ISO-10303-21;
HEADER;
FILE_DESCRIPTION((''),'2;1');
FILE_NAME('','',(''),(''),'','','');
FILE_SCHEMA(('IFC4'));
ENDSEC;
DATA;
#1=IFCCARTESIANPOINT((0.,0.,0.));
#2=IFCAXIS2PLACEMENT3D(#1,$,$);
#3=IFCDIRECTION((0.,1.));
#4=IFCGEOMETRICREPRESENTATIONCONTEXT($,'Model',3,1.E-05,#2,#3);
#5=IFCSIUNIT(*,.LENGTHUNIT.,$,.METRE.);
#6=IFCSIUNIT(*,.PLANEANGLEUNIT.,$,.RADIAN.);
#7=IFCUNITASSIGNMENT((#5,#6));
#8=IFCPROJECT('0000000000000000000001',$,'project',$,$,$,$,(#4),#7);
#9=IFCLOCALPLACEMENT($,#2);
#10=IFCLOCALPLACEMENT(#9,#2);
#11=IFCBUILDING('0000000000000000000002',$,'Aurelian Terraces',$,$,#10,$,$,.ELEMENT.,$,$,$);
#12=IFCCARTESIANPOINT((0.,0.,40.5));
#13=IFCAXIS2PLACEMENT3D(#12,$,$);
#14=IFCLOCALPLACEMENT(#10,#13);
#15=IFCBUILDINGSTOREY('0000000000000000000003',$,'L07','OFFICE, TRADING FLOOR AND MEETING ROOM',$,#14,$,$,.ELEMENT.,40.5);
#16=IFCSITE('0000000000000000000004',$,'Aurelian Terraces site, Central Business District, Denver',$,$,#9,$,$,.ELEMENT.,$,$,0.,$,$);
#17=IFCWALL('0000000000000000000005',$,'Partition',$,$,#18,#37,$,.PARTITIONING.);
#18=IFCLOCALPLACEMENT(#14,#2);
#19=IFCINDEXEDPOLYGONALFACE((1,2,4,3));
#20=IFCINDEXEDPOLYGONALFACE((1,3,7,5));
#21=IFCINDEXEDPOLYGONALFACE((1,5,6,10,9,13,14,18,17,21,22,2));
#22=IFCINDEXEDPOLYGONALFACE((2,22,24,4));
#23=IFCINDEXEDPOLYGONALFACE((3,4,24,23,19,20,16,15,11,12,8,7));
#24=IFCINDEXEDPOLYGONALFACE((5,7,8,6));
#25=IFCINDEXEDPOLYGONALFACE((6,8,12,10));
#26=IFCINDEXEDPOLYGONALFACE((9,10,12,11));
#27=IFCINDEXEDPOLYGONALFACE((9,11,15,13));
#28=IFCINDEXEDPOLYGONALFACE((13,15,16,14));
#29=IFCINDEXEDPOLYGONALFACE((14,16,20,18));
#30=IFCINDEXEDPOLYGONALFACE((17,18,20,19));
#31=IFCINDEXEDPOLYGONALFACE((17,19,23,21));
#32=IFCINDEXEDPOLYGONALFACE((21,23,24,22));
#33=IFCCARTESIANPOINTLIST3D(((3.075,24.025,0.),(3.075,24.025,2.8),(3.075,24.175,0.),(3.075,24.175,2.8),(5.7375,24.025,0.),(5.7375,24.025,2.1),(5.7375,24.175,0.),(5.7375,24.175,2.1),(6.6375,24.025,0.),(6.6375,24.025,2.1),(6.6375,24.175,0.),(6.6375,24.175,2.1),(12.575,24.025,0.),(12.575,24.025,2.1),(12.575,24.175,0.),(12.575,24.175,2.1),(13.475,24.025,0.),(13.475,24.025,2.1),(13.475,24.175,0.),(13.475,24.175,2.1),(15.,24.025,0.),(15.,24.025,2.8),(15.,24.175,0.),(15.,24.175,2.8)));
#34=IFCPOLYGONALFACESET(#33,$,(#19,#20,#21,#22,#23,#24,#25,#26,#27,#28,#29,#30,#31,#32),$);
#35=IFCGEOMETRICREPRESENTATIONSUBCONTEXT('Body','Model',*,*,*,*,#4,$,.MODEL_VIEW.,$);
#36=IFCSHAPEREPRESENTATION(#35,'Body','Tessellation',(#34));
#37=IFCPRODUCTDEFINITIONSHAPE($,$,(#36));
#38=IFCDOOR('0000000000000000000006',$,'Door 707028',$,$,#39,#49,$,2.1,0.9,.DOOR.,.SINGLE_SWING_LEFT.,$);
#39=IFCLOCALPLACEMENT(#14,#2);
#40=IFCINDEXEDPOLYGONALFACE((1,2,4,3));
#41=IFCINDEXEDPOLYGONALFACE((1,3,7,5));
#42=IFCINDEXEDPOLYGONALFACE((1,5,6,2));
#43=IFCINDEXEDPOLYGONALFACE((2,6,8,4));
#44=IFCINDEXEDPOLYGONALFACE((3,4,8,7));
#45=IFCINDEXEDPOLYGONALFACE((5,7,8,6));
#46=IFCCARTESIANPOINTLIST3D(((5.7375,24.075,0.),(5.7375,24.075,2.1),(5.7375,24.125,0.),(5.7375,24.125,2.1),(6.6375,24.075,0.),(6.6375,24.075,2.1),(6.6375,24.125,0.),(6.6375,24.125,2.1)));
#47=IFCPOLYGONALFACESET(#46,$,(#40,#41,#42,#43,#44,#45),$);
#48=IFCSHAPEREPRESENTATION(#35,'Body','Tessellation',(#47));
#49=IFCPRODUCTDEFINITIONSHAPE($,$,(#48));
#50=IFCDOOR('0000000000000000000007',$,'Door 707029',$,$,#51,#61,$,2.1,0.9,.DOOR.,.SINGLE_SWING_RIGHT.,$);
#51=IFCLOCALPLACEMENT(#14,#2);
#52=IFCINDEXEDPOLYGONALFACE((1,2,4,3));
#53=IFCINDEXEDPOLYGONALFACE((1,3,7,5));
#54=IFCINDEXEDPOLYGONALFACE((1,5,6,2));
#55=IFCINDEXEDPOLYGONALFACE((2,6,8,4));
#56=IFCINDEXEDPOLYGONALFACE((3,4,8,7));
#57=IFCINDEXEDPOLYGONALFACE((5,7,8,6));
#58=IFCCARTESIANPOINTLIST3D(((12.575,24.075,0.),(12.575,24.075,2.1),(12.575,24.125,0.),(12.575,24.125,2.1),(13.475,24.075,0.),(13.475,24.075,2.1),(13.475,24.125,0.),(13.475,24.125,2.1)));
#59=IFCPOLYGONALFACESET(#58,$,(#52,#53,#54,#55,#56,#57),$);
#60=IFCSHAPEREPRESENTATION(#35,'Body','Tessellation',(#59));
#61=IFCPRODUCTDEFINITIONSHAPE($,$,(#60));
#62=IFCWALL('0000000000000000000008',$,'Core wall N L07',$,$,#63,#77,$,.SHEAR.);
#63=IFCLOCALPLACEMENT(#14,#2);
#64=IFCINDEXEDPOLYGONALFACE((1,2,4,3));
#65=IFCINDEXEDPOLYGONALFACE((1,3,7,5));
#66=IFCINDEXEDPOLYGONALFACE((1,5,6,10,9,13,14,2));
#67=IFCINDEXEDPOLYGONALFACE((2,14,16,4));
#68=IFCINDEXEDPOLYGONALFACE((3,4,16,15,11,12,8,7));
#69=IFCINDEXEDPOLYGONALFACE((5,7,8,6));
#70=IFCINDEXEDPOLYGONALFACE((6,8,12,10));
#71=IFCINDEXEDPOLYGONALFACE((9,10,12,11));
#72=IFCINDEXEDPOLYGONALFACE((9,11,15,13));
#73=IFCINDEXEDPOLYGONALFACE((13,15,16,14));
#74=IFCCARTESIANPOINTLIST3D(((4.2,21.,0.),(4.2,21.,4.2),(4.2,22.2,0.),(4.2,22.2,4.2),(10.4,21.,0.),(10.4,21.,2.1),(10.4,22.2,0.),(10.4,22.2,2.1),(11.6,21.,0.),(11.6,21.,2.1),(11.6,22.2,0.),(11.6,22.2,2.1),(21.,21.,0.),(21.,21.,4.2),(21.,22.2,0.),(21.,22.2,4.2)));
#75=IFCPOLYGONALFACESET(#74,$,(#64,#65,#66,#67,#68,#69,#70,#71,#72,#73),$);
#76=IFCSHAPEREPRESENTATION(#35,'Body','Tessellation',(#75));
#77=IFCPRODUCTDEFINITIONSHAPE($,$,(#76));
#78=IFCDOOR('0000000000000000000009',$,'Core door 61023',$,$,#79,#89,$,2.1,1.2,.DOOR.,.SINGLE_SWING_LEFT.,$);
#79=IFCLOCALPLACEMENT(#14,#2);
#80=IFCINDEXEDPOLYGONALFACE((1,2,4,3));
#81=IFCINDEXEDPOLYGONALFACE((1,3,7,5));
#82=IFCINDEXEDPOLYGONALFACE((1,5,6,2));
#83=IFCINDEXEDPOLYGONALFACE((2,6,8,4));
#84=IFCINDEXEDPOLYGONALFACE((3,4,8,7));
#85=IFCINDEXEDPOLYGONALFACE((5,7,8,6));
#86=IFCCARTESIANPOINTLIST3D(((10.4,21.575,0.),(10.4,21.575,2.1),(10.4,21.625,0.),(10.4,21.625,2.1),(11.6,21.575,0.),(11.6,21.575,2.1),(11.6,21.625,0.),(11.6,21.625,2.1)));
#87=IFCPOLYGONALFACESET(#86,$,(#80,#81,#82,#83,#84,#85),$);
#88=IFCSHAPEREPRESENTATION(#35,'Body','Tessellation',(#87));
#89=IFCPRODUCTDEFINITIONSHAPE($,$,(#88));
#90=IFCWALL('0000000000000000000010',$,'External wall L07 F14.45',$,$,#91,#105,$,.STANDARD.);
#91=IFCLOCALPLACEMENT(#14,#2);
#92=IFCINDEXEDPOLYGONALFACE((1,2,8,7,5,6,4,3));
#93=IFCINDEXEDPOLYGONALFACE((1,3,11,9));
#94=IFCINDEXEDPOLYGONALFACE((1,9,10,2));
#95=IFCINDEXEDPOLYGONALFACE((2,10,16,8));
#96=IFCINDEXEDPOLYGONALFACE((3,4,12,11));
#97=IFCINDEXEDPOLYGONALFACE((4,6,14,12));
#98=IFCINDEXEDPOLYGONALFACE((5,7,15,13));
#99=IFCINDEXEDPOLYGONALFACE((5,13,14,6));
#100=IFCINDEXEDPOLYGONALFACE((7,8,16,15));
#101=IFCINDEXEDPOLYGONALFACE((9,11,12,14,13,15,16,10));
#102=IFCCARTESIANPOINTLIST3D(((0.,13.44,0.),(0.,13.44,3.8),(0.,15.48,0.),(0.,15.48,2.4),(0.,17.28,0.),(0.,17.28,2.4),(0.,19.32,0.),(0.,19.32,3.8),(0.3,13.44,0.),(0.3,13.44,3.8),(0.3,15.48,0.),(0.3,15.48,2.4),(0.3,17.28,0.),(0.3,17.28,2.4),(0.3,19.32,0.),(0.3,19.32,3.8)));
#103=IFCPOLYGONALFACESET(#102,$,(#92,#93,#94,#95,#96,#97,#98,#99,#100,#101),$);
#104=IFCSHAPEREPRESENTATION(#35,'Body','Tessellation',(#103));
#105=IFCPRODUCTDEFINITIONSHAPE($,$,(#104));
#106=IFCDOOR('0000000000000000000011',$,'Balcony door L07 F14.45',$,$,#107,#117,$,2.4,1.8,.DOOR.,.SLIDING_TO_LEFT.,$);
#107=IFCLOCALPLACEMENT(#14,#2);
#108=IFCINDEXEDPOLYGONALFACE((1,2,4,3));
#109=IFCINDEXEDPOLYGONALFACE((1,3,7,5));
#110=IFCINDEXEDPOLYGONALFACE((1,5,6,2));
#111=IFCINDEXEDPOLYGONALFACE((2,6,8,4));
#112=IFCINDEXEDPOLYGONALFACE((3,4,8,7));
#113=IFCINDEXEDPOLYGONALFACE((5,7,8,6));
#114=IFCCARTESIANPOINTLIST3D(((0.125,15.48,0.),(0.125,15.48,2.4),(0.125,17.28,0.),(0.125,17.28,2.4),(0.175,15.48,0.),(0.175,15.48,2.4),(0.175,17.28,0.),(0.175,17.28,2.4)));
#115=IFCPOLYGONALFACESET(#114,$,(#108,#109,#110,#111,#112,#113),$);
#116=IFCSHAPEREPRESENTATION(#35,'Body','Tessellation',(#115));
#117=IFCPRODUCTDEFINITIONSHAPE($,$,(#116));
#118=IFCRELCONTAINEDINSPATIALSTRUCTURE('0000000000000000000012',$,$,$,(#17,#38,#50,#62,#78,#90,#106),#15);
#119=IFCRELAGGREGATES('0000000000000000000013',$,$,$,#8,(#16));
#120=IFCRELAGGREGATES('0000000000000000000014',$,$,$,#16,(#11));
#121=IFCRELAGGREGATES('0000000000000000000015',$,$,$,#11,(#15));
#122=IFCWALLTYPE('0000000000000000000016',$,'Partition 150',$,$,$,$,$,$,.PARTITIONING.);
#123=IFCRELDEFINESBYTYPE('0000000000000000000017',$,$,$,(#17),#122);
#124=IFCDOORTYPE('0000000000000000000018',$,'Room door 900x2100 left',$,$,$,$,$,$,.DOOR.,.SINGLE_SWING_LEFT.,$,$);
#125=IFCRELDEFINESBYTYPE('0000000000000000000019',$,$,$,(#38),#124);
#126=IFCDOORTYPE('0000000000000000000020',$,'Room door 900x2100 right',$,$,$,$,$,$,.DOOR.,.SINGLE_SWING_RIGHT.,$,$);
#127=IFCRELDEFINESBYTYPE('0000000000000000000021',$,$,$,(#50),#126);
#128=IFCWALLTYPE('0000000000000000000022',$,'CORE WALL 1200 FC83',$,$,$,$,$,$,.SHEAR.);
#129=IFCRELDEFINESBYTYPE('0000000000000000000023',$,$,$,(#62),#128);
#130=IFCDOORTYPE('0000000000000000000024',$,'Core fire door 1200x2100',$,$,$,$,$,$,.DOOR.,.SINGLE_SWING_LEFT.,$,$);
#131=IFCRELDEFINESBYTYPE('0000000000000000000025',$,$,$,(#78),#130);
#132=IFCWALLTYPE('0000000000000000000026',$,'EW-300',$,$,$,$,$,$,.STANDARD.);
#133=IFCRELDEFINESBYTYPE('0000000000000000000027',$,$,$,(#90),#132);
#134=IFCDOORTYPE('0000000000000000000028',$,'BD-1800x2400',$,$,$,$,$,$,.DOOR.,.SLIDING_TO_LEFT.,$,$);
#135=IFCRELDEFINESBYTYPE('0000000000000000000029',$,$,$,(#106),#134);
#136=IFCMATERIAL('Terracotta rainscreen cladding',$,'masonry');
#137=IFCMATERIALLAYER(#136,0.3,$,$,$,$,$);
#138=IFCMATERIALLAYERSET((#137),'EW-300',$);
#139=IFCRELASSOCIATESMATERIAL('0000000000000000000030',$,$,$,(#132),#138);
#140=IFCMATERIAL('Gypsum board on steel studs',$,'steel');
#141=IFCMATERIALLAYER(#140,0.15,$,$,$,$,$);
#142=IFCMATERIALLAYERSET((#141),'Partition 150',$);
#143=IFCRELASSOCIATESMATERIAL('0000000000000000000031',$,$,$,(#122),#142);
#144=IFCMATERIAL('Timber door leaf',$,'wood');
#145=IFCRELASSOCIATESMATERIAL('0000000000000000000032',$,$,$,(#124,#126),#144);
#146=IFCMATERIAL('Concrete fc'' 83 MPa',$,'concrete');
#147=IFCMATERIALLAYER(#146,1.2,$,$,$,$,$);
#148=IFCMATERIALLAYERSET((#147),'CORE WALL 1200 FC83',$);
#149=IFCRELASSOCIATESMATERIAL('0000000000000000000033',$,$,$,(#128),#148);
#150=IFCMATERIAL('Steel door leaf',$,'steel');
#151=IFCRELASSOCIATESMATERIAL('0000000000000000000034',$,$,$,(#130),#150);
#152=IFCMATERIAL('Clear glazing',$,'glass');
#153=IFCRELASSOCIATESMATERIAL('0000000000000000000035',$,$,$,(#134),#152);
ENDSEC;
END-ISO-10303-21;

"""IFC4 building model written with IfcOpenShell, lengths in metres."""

from ifc_helpers import new_model, si_unit, direction, frame, frame_2d, origin, place, context, subcontext, project, spatial, rectangle, extrude, source, transform, mapped, material, layer, layer_set, type_object, element, fill, save


model = new_model("IFC4")

# Units and contexts
model_context = context("Model", 3, precision=1e-05, world=origin(), true_north=direction((0.0, 1.0)))
body_context = subcontext(model_context, "Body", "Model", "MODEL_VIEW")
ifc_project = project(units=[si_unit("LENGTHUNIT", "METRE"), si_unit("PLANEANGLEUNIT", "RADIAN")], contexts=[model_context])

# Site, building, storey
site_placement = place(None, origin())
site = spatial("IfcSite", under=ifc_project, at=site_placement, Name="Aurelian Terraces site, Central Business District, Denver", CompositionType="ELEMENT", RefElevation=0.0)
building_placement = place(site_placement, origin())
building = spatial("IfcBuilding", under=site, at=building_placement, Name="Aurelian Terraces", CompositionType="ELEMENT")
storey_placement = place(building_placement, frame((0.0, 0.0, 40.5)))
storey = spatial("IfcBuildingStorey", under=building, at=storey_placement, Name="L07", Description="OFFICE, TRADING FLOOR AND MEETING ROOM", CompositionType="ELEMENT", Elevation=40.5)

# Shared definitions
ifc_material_1 = material(Name="Concrete fc' 83 MPa", Category="concrete")

# Shared definitions
ifc_material_2 = material(Name="Terracotta rainscreen cladding", Category="masonry")
ifc_layer_1 = layer(ifc_material_2, 0.3)
ifc_layer_set_1 = layer_set([ifc_layer_1], Name="EW-300")
wall_type_1 = type_object("IfcWallType", Name="EW-300", PredefinedType="STANDARD", material=ifc_layer_set_1)
ifc_material_3 = material(Name="Clear glazing", Category="glass")

# Wall, openings, doors
ifc_material_4 = material(Name="Gypsum board on steel studs", Category="steel")
ifc_layer_2 = layer(ifc_material_4, 0.15)
ifc_layer_set_2 = layer_set([ifc_layer_2], Name="Partition 150")
wall_type_2 = type_object("IfcWallType", Name="Partition 150", PredefinedType="PARTITIONING", material=ifc_layer_set_2)
wall_1_placement = place(storey_placement, frame((3.075, 24.1, 0.0), z_axis=(0.0, 0.0, 1.0), x_axis=(1.0, 0.0, 0.0)))
wall_1 = element("IfcWall", 1, at=wall_1_placement, inside=storey, type_object=wall_type_2, Name="Partition", PredefinedType="PARTITIONING", context=body_context, shape_type="SweptSolid", body=[
    extrude(rectangle(XDim=11.925, YDim=0.15, at=frame_2d((5.9625, 0.0))), origin(), (0.0, 0.0, 1.0), 2.8),
])
shared_shape_1 = source(origin(), body_context, "Body", "SweptSolid", [
    extrude(rectangle(XDim=0.9, YDim=2.1, at=frame_2d((0.45, 1.05))), frame((0.0, 0.085, 0.0), z_axis=(0.0, -1.0, 0.0), x_axis=(1.0, 0.0, 0.0)), (0.0, 0.0, 1.0), 0.17),
])
opening_1_placement = place(wall_1_placement, frame((2.6625, 0.0, 0.0)))
opening_1 = element("IfcOpeningElement", 2, at=opening_1_placement, cuts=wall_1, PredefinedType="OPENING", context=body_context, shape_type="MappedRepresentation", body=[
    mapped(shared_shape_1, transform((0.0, 0.0, 0.0), scale=1.0)),
])
opening_2_placement = place(wall_1_placement, frame((9.5, 0.0, 0.0)))
opening_2 = element("IfcOpeningElement", 3, at=opening_2_placement, cuts=wall_1, PredefinedType="OPENING", context=body_context, shape_type="MappedRepresentation", body=[
    mapped(shared_shape_1, transform((0.0, 0.0, 0.0), scale=1.0)),
])
ifc_material_5 = material(Name="Timber door leaf", Category="wood")
door_type_1 = type_object("IfcDoorType", Name="Room door 900x2100 left", OperationType="SINGLE_SWING_LEFT", PredefinedType="DOOR", material=ifc_material_5)
shared_shape_2 = source(origin(), body_context, "Body", "SweptSolid", [
    extrude(rectangle(XDim=0.9, YDim=2.1, at=frame_2d((0.45, 1.05))), frame((0.0, 0.025, 0.0), z_axis=(0.0, -1.0, 0.0), x_axis=(1.0, 0.0, 0.0)), (0.0, 0.0, 1.0), 0.05),
])
door_1_placement = place(opening_1_placement, origin())
door_1 = element("IfcDoor", 4, at=door_1_placement, inside=storey, type_object=door_type_1, Name="Door 707028", OperationType="SINGLE_SWING_LEFT", OverallHeight=2.1, OverallWidth=0.9, PredefinedType="DOOR", context=body_context, shape_type="MappedRepresentation", body=[
    mapped(shared_shape_2, transform((0.0, 0.0, 0.0), scale=1.0)),
])
fill(opening_1, door_1)
door_type_2 = type_object("IfcDoorType", Name="Room door 900x2100 right", OperationType="SINGLE_SWING_RIGHT", PredefinedType="DOOR", material=ifc_material_5)
door_2_placement = place(opening_2_placement, origin())
door_2 = element("IfcDoor", 5, at=door_2_placement, inside=storey, type_object=door_type_2, Name="Door 707029", OperationType="SINGLE_SWING_RIGHT", OverallHeight=2.1, OverallWidth=0.9, PredefinedType="DOOR", context=body_context, shape_type="MappedRepresentation", body=[
    mapped(shared_shape_2, transform((0.0, 0.0, 0.0), scale=1.0)),
])
fill(opening_2, door_2)

# Walls, openings, doors
ifc_layer_3 = layer(ifc_material_1, 1.2)
ifc_layer_set_3 = layer_set([ifc_layer_3], Name="CORE WALL 1200 FC83")
wall_type_3 = type_object("IfcWallType", Name="CORE WALL 1200 FC83", PredefinedType="SHEAR", material=ifc_layer_set_3)
shared_shape_3 = source(origin(), body_context, "Body", "SweptSolid", [
    extrude(rectangle(XDim=16.8, YDim=1.2, at=frame_2d((8.4, 0.0))), origin(), (0.0, 0.0, 1.0), 4.2),
])
wall_2_placement = place(storey_placement, frame((4.2, 21.6, 0.0), z_axis=(0.0, 0.0, 1.0), x_axis=(1.0, 0.0, 0.0)))
wall_2 = element("IfcWall", 6, at=wall_2_placement, inside=storey, type_object=wall_type_3, Name="Core wall N L07", PredefinedType="SHEAR", context=body_context, shape_type="MappedRepresentation", body=[
    mapped(shared_shape_3, transform((0.0, 0.0, 0.0), scale=1.0)),
])
shared_shape_4 = source(origin(), body_context, "Body", "SweptSolid", [
    extrude(rectangle(XDim=1.2, YDim=2.1, at=frame_2d((0.6, 1.05))), frame((0.0, 0.61, 0.0), z_axis=(0.0, -1.0, 0.0), x_axis=(1.0, 0.0, 0.0)), (0.0, 0.0, 1.0), 1.22),
])
opening_3_placement = place(wall_2_placement, frame((6.2, 0.0, 0.0)))
opening_3 = element("IfcOpeningElement", 7, at=opening_3_placement, cuts=wall_2, PredefinedType="OPENING", context=body_context, shape_type="MappedRepresentation", body=[
    mapped(shared_shape_4, transform((0.0, 0.0, 0.0), scale=1.0)),
])
ifc_material_6 = material(Name="Steel door leaf", Category="steel")
door_type_3 = type_object("IfcDoorType", Name="Core fire door 1200x2100", OperationType="SINGLE_SWING_LEFT", PredefinedType="DOOR", material=ifc_material_6)
shared_shape_5 = source(origin(), body_context, "Body", "SweptSolid", [
    extrude(rectangle(XDim=1.2, YDim=2.1, at=frame_2d((0.6, 1.05))), frame((0.0, 0.025, 0.0), z_axis=(0.0, -1.0, 0.0), x_axis=(1.0, 0.0, 0.0)), (0.0, 0.0, 1.0), 0.05),
])
door_3_placement = place(opening_3_placement, origin())
door_3 = element("IfcDoor", 8, at=door_3_placement, inside=storey, type_object=door_type_3, Name="Core door 61023", OperationType="SINGLE_SWING_LEFT", OverallHeight=2.1, OverallWidth=1.2, PredefinedType="DOOR", context=body_context, shape_type="MappedRepresentation", body=[
    mapped(shared_shape_5, transform((0.0, 0.0, 0.0), scale=1.0)),
])
fill(opening_3, door_3)
shared_shape_6 = source(origin(), body_context, "Body", "SweptSolid", [
    extrude(rectangle(XDim=5.88, YDim=0.3, at=frame_2d((2.94, 0.0))), origin(), (0.0, 0.0, 1.0), 3.8),
])
wall_3_placement = place(storey_placement, frame((0.15, 19.32, 0.0), z_axis=(0.0, 0.0, 1.0), x_axis=(0.0, -1.0, 0.0)))
wall_3 = element("IfcWall", 9, at=wall_3_placement, inside=storey, type_object=wall_type_1, Name="External wall L07 F14.45", PredefinedType="STANDARD", context=body_context, shape_type="MappedRepresentation", body=[
    mapped(shared_shape_6, transform((0.0, 0.0, 0.0), scale=1.0)),
])
shared_shape_7 = source(origin(), body_context, "Body", "SweptSolid", [
    extrude(rectangle(XDim=1.8, YDim=2.4, at=frame_2d((0.9, 1.2))), frame((0.0, 0.16, 0.0), z_axis=(0.0, -1.0, 0.0), x_axis=(1.0, 0.0, 0.0)), (0.0, 0.0, 1.0), 0.32),
])
opening_4_placement = place(wall_3_placement, frame((2.04, 0.0, 0.0)))
opening_4 = element("IfcOpeningElement", 10, at=opening_4_placement, cuts=wall_3, PredefinedType="OPENING", context=body_context, shape_type="MappedRepresentation", body=[
    mapped(shared_shape_7, transform((0.0, 0.0, 0.0), scale=1.0)),
])
door_type_4 = type_object("IfcDoorType", Name="BD-1800x2400", OperationType="SLIDING_TO_LEFT", PredefinedType="DOOR", material=ifc_material_3)
shared_shape_8 = source(origin(), body_context, "Body", "SweptSolid", [
    extrude(rectangle(XDim=1.8, YDim=2.4, at=frame_2d((0.9, 1.2))), frame((0.0, 0.025, 0.0), z_axis=(0.0, -1.0, 0.0), x_axis=(1.0, 0.0, 0.0)), (0.0, 0.0, 1.0), 0.05),
])
door_4_placement = place(opening_4_placement, origin())
door_4 = element("IfcDoor", 11, at=door_4_placement, inside=storey, type_object=door_type_4, Name="Balcony door L07 F14.45", OperationType="SLIDING_TO_LEFT", OverallHeight=2.4, OverallWidth=1.8, PredefinedType="DOOR", context=body_context, shape_type="MappedRepresentation", body=[
    mapped(shared_shape_8, transform((0.0, 0.0, 0.0), scale=1.0)),
])
fill(opening_4, door_4)

save(model, "model.ifc")
